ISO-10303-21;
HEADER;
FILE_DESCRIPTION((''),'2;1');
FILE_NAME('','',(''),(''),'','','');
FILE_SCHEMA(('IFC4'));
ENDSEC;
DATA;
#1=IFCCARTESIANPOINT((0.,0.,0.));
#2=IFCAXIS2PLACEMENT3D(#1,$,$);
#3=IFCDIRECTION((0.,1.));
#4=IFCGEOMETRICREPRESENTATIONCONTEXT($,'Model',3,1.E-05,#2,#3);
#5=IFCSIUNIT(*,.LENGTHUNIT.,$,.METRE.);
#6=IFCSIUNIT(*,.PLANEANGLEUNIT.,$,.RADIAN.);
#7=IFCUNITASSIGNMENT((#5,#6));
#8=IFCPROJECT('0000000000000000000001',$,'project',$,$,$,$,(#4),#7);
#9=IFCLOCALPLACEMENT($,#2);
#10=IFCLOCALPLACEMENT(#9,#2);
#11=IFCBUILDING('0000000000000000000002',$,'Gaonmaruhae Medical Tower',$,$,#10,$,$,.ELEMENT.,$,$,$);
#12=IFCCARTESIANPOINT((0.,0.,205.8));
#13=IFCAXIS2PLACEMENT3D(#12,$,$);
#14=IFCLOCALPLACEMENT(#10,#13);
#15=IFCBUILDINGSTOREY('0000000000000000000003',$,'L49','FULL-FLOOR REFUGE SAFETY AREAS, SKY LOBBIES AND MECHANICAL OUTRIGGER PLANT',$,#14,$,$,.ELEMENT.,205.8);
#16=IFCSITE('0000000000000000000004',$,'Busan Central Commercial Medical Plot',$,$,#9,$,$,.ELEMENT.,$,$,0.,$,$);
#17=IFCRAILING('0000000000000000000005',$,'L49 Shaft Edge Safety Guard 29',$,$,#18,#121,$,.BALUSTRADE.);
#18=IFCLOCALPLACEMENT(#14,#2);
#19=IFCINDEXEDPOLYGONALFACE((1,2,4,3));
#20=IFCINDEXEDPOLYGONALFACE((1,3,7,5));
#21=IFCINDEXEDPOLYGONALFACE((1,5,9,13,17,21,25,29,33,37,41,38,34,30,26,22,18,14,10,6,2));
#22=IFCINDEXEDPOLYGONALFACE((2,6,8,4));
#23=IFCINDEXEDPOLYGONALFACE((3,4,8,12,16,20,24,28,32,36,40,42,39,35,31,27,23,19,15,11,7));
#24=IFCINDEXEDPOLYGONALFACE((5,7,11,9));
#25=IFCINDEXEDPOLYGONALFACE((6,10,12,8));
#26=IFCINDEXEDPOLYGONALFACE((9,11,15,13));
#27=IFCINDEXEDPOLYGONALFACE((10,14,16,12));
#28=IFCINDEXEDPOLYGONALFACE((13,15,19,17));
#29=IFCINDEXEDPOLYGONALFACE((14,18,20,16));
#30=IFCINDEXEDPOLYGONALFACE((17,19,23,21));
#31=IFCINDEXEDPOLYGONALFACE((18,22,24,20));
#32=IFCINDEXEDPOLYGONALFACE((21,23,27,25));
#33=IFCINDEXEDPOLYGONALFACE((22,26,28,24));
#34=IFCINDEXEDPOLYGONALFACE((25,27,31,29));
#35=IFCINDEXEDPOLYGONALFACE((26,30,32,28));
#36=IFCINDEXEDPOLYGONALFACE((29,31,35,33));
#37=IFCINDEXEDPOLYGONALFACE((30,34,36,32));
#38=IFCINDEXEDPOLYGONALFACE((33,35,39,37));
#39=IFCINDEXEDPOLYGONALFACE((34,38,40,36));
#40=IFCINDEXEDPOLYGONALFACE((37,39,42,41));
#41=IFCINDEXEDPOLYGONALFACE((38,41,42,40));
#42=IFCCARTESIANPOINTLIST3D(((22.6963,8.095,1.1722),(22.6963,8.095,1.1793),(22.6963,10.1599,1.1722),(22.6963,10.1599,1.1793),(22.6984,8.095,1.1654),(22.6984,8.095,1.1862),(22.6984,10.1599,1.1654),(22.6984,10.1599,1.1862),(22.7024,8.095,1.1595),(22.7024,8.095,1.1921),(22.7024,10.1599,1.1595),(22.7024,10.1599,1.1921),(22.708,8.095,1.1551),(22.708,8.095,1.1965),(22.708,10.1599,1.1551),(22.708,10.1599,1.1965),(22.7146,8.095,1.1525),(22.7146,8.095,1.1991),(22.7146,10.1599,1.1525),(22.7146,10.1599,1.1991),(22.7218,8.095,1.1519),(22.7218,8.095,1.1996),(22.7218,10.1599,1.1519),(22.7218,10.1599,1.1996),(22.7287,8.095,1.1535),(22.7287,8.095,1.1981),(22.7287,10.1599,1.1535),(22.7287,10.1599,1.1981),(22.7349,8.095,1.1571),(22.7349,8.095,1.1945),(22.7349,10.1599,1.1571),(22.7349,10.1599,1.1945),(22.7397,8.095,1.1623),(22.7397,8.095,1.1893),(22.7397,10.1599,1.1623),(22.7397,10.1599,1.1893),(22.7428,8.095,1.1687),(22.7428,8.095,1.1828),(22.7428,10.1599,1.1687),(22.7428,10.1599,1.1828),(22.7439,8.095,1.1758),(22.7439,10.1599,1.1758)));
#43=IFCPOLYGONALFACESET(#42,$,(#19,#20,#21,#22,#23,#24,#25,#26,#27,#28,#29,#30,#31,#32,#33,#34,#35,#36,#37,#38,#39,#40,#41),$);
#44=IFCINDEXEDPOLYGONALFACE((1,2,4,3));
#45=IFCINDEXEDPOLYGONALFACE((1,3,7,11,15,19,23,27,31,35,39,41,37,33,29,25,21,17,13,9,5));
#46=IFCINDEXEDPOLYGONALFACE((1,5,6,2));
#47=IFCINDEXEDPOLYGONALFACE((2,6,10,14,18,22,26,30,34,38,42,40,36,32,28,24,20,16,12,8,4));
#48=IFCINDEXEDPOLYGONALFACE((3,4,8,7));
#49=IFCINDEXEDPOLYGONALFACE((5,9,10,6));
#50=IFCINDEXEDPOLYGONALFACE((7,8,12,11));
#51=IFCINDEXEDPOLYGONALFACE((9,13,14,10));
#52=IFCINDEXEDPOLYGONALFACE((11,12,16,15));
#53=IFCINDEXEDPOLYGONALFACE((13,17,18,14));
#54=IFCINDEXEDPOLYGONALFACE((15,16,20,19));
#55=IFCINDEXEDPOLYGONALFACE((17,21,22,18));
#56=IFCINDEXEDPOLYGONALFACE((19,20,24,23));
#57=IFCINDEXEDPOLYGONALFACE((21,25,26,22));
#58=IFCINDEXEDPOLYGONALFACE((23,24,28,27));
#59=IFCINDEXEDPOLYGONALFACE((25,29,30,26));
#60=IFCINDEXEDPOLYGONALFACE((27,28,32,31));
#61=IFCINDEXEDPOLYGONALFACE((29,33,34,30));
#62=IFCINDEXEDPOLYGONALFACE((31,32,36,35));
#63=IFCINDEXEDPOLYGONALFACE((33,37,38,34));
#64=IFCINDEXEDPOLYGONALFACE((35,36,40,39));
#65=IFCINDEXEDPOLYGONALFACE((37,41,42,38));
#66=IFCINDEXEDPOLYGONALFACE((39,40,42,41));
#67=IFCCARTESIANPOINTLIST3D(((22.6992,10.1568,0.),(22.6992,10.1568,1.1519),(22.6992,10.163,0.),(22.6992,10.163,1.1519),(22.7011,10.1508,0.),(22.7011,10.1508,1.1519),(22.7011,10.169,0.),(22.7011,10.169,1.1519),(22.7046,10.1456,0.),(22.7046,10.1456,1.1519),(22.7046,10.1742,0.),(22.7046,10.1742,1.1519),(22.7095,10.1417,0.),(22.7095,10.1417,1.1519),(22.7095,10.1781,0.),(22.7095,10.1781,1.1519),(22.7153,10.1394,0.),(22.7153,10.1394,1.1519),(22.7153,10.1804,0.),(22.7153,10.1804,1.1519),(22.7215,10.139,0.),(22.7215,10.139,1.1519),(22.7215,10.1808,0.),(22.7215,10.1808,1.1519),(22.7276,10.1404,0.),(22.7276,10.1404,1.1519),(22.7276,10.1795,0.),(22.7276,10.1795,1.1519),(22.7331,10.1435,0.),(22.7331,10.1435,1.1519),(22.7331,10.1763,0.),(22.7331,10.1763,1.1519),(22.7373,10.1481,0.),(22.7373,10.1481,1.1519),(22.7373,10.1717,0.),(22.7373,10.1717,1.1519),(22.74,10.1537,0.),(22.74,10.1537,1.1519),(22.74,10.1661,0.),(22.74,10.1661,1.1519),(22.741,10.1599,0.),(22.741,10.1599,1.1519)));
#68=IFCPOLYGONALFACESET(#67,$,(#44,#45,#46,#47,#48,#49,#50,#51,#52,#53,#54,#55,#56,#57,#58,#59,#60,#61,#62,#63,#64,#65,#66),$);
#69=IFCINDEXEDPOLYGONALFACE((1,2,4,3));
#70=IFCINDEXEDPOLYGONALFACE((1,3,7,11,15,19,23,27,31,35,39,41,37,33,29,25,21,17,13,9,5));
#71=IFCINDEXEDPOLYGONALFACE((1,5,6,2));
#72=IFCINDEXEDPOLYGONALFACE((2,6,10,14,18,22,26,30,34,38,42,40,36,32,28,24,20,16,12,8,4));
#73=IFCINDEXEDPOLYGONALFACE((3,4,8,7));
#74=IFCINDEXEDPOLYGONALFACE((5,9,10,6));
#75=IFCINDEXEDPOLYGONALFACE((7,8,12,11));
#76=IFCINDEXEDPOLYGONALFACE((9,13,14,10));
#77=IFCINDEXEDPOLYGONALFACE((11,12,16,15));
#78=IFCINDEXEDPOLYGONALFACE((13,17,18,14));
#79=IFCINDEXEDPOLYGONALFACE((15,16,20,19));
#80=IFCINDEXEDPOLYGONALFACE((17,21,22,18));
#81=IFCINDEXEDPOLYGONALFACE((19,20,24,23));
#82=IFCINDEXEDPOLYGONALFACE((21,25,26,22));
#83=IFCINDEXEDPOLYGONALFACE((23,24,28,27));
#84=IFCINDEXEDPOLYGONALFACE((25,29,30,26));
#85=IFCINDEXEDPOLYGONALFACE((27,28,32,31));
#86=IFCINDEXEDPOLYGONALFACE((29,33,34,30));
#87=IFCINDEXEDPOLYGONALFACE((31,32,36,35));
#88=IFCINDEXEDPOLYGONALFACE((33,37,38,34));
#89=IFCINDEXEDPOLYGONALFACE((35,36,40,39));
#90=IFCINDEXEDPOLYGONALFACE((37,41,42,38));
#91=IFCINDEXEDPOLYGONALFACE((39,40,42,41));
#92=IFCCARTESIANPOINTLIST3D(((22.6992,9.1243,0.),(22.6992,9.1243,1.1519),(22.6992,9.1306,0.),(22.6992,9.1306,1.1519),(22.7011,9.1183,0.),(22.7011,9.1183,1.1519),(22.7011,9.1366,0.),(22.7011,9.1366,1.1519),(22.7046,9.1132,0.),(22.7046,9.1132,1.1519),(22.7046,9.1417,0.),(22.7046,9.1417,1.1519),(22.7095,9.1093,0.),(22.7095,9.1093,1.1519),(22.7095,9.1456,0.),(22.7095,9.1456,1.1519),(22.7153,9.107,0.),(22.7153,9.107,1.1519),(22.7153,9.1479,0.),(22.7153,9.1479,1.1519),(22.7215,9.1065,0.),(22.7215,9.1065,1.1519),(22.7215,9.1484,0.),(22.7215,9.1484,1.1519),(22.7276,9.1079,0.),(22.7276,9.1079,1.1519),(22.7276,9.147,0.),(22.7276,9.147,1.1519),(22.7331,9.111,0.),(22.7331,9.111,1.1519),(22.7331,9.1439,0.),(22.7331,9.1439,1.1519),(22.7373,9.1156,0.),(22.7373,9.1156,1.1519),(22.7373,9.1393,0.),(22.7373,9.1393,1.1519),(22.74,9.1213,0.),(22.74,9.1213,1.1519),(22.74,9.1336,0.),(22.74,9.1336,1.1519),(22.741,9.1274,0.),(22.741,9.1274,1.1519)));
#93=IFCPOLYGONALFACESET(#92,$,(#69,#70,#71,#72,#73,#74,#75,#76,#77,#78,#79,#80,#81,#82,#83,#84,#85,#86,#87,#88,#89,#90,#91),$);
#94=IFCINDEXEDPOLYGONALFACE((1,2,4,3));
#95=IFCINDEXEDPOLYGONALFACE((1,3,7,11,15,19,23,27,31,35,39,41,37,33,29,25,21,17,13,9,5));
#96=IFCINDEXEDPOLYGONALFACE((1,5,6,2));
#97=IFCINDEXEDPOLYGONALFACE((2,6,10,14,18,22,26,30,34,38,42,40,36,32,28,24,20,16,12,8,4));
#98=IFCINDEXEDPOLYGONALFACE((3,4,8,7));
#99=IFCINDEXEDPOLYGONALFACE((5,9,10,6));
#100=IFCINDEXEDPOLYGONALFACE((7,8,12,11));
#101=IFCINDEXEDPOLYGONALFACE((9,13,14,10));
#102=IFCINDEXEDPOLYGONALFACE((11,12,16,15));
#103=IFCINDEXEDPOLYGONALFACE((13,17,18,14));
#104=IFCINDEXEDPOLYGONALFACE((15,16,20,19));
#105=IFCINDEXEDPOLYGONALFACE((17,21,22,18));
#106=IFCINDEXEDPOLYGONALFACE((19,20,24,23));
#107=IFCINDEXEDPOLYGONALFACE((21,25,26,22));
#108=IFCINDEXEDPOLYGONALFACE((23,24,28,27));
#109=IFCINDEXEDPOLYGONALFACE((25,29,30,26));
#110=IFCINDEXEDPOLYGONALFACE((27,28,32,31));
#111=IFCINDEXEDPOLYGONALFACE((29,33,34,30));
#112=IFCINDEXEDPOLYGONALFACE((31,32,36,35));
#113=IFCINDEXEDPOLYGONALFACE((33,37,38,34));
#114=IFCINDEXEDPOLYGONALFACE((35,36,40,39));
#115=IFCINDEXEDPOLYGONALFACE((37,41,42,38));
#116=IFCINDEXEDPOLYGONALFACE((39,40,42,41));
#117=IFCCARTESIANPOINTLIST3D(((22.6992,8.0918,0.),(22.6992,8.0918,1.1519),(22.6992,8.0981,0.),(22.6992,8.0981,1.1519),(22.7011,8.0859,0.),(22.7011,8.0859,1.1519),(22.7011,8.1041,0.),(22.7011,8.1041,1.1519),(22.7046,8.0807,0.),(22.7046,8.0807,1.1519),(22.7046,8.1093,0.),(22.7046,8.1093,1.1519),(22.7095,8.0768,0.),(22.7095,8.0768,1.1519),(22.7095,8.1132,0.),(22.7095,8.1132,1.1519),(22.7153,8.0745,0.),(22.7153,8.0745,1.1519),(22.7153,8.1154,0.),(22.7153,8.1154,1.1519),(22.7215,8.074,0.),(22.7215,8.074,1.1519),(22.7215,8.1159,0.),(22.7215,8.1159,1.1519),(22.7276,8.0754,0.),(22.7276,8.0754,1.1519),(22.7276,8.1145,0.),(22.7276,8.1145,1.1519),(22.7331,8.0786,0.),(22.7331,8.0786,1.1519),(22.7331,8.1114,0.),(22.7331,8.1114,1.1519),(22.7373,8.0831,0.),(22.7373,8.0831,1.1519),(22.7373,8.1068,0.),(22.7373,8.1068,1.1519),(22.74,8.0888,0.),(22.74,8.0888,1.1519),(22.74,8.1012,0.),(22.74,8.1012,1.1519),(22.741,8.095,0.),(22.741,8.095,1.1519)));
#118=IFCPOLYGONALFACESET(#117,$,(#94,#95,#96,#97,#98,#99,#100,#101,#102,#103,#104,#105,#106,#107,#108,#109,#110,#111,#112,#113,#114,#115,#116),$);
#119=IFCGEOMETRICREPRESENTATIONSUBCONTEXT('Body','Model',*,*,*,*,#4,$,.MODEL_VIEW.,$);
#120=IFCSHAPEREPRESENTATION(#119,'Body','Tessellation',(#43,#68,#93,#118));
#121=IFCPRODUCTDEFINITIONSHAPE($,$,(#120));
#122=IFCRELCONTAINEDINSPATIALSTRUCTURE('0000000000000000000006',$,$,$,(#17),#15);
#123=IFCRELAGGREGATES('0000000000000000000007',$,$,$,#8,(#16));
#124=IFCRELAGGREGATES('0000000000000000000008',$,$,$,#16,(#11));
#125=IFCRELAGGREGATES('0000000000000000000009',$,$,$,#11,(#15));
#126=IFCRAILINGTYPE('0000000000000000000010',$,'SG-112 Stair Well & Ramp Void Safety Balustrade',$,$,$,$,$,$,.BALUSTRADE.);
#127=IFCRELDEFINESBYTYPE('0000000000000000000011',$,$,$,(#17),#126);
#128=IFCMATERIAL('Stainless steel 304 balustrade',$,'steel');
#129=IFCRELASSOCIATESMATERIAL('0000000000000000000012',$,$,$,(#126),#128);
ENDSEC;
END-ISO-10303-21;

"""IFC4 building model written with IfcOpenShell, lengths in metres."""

from ifc_helpers import new_model, si_unit, direction, frame, origin, origin_2d, place, context, subcontext, project, spatial, circle, extrude, material, type_object, element, save


model = new_model("IFC4")

# Units and contexts
model_context = context("Model", 3, precision=1e-05, world=origin(), true_north=direction((0.0, 1.0)))
body_context = subcontext(model_context, "Body", "Model", "MODEL_VIEW")
ifc_project = project(units=[si_unit("LENGTHUNIT", "METRE"), si_unit("PLANEANGLEUNIT", "RADIAN")], contexts=[model_context])

# Site, building, storey
site_placement = place(None, origin())
site = spatial("IfcSite", under=ifc_project, at=site_placement, Name="Busan Central Commercial Medical Plot", CompositionType="ELEMENT", RefElevation=0.0)
building_placement = place(site_placement, origin())
building = spatial("IfcBuilding", under=site, at=building_placement, Name="Gaonmaruhae Medical Tower", CompositionType="ELEMENT")
storey_placement = place(building_placement, frame((0.0, 0.0, 205.8)))
storey = spatial("IfcBuildingStorey", under=building, at=storey_placement, Name="L49", Description="FULL-FLOOR REFUGE SAFETY AREAS, SKY LOBBIES AND MECHANICAL OUTRIGGER PLANT", CompositionType="ELEMENT", Elevation=205.8)

# Railing
ifc_material_1 = material(Name="Stainless steel 304 balustrade", Category="steel")
railing_type = type_object("IfcRailingType", Name="SG-112 Stair Well & Ramp Void Safety Balustrade", PredefinedType="BALUSTRADE", material=ifc_material_1)
railing_1_placement = place(storey_placement, frame((22.72, 10.1599, 0.0)))
element("IfcRailing", 1, at=railing_1_placement, inside=storey, type_object=railing_type, Name="L49 Shaft Edge Safety Guard 29", PredefinedType="BALUSTRADE", context=body_context, shape_type="SweptSolid", body=[
    extrude(circle(Radius=0.0239, at=origin_2d()), frame((0.0, 0.0, 1.1758), z_axis=(0.0, -1.0, 0.0), x_axis=(1.0, 0.0, 0.0)), (0.0, 0.0, 1.0), 2.0649),
    extrude(circle(Radius=0.021, at=origin_2d()), origin(), (0.0, 0.0, 1.0), 1.1519),
    extrude(circle(Radius=0.021, at=origin_2d()), frame((0.0, -1.0325, 0.0)), (0.0, 0.0, 1.0), 1.1519),
    extrude(circle(Radius=0.021, at=origin_2d()), frame((0.0, -2.0649, 0.0)), (0.0, 0.0, 1.0), 1.1519),
])

save(model, "model.ifc")
